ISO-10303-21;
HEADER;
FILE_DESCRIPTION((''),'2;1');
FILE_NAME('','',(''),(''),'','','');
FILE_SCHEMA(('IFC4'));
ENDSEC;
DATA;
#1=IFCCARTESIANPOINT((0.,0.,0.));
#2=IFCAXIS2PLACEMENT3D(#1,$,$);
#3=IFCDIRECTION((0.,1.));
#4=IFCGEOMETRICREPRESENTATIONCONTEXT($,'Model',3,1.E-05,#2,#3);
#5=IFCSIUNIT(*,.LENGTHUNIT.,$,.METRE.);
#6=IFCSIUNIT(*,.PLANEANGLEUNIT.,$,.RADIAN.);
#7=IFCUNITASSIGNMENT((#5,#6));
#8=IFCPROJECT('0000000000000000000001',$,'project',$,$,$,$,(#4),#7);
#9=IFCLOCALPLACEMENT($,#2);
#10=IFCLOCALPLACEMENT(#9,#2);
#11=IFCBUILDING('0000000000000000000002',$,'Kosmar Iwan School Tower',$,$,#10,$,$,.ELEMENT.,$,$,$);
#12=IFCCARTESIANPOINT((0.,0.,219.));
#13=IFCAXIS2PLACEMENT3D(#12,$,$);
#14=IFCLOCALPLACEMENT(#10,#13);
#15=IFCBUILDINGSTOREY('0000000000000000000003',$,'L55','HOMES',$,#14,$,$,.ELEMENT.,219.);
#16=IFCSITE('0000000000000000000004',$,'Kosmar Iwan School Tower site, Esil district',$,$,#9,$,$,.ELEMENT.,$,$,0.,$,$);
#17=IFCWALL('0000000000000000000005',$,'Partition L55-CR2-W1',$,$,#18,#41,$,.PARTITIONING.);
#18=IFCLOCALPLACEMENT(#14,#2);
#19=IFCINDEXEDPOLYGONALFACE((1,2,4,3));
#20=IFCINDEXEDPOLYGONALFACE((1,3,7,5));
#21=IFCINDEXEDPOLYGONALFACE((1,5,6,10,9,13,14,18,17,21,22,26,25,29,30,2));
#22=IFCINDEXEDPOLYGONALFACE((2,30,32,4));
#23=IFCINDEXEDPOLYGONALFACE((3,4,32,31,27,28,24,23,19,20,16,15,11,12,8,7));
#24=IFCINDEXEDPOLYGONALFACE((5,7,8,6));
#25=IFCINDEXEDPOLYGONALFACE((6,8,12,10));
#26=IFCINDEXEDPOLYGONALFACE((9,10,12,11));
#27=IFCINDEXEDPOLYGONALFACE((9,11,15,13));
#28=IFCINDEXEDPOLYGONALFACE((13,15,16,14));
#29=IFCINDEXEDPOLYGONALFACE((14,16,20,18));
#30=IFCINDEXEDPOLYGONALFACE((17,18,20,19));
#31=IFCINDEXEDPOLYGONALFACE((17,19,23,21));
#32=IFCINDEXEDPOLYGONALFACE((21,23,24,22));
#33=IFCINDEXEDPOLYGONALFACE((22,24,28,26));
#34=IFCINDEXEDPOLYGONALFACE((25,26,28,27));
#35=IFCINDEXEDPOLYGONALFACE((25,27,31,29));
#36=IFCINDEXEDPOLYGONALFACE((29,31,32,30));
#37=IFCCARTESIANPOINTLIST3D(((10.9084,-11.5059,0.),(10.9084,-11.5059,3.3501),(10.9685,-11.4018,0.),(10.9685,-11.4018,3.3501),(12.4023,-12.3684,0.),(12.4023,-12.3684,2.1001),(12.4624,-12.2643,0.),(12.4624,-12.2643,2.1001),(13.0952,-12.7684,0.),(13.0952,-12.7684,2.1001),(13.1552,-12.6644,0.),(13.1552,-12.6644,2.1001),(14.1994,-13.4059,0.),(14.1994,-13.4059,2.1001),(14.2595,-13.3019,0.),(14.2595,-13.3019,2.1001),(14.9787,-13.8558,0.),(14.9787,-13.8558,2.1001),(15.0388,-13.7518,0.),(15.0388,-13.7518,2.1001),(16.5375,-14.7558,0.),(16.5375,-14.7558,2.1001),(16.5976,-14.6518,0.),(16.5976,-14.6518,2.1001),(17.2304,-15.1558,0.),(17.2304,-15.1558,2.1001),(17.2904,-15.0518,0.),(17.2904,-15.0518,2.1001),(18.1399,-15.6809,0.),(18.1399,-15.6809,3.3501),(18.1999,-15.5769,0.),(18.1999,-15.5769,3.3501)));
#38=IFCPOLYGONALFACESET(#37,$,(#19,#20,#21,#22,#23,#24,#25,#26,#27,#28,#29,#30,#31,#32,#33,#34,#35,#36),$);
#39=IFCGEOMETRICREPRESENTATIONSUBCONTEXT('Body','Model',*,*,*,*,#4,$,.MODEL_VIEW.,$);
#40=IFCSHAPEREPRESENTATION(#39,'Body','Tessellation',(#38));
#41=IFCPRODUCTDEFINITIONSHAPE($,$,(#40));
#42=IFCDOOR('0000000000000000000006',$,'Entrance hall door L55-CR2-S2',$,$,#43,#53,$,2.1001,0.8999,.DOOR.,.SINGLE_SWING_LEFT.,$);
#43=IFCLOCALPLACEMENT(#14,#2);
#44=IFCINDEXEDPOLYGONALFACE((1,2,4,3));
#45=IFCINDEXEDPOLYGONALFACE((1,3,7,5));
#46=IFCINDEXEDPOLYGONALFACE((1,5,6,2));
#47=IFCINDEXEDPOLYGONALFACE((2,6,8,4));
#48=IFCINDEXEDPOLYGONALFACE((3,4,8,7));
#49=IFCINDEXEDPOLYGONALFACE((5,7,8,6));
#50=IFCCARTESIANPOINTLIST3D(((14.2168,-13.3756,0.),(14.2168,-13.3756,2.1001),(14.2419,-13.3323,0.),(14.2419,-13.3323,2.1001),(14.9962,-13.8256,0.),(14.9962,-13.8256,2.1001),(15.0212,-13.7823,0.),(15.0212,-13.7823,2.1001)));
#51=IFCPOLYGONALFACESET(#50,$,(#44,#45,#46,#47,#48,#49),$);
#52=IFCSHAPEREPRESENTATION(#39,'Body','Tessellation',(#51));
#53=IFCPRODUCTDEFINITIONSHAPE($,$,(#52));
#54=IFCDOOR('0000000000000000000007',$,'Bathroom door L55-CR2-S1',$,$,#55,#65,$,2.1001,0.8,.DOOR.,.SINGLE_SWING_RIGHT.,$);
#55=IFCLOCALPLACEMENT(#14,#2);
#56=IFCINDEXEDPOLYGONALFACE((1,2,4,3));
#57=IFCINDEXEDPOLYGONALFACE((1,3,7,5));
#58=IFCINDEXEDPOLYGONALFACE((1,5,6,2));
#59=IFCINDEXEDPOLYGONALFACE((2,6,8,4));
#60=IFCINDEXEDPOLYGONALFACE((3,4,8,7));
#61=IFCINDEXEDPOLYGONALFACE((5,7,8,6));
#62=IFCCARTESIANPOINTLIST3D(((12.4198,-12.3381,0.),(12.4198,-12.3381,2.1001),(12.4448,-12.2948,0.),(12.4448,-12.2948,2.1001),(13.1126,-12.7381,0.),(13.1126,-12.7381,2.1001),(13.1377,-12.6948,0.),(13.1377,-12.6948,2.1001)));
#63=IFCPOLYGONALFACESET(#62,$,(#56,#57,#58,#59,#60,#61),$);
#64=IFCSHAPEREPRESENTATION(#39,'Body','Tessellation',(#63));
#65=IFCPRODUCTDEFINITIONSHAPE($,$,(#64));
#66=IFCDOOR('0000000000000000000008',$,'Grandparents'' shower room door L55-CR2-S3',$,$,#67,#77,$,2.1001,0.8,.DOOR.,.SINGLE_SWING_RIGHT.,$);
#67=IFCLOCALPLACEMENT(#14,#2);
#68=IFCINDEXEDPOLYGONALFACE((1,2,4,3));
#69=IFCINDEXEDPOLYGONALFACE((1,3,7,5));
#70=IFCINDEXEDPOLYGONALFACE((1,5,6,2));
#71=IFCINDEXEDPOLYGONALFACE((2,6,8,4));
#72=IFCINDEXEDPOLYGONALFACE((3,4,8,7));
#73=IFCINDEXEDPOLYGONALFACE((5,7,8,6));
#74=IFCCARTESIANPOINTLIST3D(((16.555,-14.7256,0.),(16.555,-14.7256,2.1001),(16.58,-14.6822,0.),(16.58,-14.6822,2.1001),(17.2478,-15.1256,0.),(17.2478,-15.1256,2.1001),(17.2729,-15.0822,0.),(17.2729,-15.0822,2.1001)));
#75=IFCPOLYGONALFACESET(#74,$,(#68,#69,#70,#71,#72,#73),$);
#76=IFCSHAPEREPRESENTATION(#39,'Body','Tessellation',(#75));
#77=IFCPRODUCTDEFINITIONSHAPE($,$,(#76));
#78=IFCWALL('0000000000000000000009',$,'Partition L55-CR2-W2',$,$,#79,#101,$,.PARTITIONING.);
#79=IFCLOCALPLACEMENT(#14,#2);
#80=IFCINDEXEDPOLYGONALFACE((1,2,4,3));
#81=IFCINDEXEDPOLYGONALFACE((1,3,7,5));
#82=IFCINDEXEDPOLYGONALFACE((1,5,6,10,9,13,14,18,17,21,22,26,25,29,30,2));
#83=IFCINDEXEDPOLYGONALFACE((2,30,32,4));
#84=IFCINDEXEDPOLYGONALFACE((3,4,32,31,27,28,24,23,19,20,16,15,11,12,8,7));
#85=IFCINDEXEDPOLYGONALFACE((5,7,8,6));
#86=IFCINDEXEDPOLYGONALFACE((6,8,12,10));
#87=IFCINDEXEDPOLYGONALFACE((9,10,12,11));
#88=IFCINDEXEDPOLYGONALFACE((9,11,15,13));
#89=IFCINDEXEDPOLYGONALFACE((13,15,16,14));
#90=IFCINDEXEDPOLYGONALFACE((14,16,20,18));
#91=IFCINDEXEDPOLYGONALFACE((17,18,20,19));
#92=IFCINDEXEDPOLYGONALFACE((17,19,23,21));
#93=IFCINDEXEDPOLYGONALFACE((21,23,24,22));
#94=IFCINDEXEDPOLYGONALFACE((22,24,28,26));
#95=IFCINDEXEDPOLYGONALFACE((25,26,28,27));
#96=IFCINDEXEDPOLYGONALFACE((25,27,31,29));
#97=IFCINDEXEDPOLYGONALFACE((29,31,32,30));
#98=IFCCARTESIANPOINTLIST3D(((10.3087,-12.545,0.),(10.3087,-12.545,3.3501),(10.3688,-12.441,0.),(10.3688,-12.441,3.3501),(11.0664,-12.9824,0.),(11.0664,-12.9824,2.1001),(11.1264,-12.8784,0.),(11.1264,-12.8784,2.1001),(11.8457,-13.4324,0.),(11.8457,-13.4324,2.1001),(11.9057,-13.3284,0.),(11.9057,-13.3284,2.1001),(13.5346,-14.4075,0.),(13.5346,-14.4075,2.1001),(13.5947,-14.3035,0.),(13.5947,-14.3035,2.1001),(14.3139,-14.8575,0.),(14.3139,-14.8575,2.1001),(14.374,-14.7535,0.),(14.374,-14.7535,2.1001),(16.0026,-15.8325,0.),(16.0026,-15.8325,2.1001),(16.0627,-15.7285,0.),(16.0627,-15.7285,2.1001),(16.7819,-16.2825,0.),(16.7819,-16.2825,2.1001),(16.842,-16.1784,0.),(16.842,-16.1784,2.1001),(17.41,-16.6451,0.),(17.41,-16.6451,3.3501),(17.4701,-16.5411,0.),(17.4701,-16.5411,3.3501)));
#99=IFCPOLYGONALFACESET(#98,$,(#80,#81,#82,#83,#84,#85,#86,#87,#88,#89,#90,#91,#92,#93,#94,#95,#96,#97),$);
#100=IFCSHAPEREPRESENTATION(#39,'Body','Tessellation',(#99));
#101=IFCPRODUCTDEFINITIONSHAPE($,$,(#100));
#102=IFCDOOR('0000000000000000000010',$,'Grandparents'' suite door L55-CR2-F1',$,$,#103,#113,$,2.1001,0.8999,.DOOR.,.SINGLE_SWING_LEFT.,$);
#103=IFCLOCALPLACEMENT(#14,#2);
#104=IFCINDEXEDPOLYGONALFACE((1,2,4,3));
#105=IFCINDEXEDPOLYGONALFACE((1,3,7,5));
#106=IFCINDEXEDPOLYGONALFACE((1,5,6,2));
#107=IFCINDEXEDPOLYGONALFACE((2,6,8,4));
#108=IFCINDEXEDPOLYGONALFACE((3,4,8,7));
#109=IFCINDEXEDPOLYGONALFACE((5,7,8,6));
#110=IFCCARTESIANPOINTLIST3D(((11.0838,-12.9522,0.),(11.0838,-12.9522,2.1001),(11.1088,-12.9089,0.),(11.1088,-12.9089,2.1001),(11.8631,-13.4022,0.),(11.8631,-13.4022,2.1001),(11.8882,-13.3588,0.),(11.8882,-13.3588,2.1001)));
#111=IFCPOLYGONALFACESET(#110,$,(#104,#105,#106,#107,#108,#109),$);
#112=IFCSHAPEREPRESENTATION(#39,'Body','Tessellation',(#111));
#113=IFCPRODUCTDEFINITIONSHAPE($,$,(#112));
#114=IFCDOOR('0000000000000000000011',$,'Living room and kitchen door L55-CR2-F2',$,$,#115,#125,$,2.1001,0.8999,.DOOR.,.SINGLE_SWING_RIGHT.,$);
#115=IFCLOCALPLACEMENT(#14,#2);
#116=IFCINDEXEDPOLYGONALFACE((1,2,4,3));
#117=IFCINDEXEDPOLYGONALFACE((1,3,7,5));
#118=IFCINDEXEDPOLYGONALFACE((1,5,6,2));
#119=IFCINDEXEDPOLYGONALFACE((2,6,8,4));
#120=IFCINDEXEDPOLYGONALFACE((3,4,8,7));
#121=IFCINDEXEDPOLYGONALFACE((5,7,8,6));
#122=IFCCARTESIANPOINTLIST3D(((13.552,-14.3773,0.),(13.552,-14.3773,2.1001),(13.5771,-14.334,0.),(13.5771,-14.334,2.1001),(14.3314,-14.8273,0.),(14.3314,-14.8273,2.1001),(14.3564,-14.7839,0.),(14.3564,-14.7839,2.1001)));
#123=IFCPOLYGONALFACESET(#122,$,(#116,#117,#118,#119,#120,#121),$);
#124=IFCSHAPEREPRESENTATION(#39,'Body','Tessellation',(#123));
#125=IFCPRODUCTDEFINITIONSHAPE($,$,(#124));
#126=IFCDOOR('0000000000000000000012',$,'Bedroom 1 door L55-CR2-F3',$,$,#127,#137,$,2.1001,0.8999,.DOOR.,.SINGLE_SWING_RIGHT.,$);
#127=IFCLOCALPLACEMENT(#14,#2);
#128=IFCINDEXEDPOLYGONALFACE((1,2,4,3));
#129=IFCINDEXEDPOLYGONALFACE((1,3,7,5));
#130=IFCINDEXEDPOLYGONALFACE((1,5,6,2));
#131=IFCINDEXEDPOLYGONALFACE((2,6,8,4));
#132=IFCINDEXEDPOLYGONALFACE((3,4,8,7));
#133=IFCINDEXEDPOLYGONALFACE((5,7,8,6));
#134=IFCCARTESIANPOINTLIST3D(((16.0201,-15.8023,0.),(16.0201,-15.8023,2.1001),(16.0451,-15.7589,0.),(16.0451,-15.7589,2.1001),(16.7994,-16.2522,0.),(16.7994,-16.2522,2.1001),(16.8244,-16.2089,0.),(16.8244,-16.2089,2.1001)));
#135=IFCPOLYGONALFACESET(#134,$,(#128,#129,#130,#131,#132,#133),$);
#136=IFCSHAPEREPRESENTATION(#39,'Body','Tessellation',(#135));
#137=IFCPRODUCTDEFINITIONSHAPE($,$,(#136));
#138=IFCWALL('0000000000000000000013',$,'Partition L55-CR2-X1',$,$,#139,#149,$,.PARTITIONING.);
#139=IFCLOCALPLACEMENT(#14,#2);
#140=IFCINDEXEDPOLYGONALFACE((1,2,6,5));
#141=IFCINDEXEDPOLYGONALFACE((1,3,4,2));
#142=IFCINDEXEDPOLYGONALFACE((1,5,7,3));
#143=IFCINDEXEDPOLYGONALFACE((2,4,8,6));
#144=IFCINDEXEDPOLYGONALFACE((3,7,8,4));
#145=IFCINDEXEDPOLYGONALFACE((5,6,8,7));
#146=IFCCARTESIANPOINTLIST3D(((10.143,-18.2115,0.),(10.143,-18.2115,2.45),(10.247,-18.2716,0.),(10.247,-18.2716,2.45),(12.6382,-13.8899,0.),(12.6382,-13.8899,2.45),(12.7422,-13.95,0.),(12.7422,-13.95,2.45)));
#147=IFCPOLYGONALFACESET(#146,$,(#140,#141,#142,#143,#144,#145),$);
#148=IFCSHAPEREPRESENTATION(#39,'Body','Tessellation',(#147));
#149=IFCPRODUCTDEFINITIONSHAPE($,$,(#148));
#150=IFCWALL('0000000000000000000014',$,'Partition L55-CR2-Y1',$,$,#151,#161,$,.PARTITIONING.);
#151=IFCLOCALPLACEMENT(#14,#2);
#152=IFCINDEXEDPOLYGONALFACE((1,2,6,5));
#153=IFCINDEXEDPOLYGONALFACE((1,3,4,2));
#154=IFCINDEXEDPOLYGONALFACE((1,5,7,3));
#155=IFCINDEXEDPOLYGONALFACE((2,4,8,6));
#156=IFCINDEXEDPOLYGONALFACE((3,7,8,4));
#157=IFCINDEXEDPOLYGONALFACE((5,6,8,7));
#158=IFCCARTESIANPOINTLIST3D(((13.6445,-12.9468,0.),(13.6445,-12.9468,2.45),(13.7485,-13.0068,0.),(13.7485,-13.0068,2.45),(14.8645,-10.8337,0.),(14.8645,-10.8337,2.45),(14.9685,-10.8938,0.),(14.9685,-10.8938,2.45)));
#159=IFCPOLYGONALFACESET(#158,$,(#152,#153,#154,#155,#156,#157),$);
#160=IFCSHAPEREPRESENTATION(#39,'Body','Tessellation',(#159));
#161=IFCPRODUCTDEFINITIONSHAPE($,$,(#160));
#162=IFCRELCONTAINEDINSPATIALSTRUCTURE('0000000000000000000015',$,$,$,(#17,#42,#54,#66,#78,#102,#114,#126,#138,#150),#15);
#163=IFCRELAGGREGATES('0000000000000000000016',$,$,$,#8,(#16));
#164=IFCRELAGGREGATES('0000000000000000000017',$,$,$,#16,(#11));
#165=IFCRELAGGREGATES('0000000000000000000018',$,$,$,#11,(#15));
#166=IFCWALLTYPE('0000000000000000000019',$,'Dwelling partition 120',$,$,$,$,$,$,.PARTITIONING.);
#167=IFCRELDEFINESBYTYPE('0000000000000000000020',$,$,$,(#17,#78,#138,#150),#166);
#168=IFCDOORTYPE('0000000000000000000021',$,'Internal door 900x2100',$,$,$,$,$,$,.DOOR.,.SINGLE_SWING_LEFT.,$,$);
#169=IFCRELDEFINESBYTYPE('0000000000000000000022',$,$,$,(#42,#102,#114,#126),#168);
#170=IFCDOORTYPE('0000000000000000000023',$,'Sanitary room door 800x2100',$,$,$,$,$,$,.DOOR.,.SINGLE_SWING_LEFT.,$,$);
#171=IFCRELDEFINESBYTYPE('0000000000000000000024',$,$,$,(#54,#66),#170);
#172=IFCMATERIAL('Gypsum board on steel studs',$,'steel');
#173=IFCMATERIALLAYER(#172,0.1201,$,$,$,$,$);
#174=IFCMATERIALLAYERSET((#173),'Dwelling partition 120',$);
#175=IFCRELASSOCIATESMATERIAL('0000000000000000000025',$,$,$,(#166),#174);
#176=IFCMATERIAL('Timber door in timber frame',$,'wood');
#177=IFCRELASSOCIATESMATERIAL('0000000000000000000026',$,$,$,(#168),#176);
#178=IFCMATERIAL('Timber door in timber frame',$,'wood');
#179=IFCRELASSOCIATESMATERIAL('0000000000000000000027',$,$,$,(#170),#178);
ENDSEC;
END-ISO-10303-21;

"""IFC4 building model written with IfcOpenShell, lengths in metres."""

from ifc_helpers import new_model, si_unit, direction, frame, frame_2d, origin, place, context, subcontext, project, spatial, rectangle, extrude, material, layer, layer_set, type_object, element, fill, save


model = new_model("IFC4")

# Units and contexts
model_context = context("Model", 3, precision=1e-05, world=origin(), true_north=direction((0.0, 1.0)))
body_context = subcontext(model_context, "Body", "Model", "MODEL_VIEW")
ifc_project = project(units=[si_unit("LENGTHUNIT", "METRE"), si_unit("PLANEANGLEUNIT", "RADIAN")], contexts=[model_context])

# Site, building, storey
site_placement = place(None, origin())
site = spatial("IfcSite", under=ifc_project, at=site_placement, Name="Kosmar Iwan School Tower site, Esil district", CompositionType="ELEMENT", RefElevation=0.0)
building_placement = place(site_placement, origin())
building = spatial("IfcBuilding", under=site, at=building_placement, Name="Kosmar Iwan School Tower", CompositionType="ELEMENT")
storey_placement = place(building_placement, frame((0.0, 0.0, 219.0)))
storey = spatial("IfcBuildingStorey", under=building, at=storey_placement, Name="L55", Description="HOMES", CompositionType="ELEMENT", Elevation=219.0)

# Shared definitions
ifc_material_1 = material(Name="Gypsum board on steel studs", Category="steel")
ifc_layer_1 = layer(ifc_material_1, 0.1201)
ifc_layer_set_1 = layer_set([ifc_layer_1], Name="Dwelling partition 120")
wall_type_1 = type_object("IfcWallType", Name="Dwelling partition 120", PredefinedType="PARTITIONING", material=ifc_layer_set_1)
ifc_material_2 = material(Name="Timber door in timber frame", Category="wood")
door_type_1 = type_object("IfcDoorType", Name="Internal door 900x2100", OperationType="SINGLE_SWING_LEFT", PredefinedType="DOOR", material=ifc_material_2)
ifc_material_3 = material(Name="Timber door in timber frame", Category="wood")
door_type_2 = type_object("IfcDoorType", Name="Sanitary room door 800x2100", OperationType="SINGLE_SWING_LEFT", PredefinedType="DOOR", material=ifc_material_3)

# Walls, openings, doors
wall_1_placement = place(storey_placement, frame((10.9385, -11.4539, 0.0), z_axis=(0.0, 0.0, 1.0), x_axis=(0.866027, -0.499997, 0.0)))
wall_1 = element("IfcWall", 1, at=wall_1_placement, inside=storey, type_object=wall_type_1, Name="Partition L55-CR2-W1", PredefinedType="PARTITIONING", context=body_context, shape_type="SweptSolid", body=[
    extrude(rectangle(XDim=8.3501, YDim=0.1201, at=frame_2d((4.175, 0.0))), origin(), (0.0, 0.0, 1.0), 3.3501),
])
opening_1_placement = place(wall_1_placement, frame((1.7251, 0.0, 0.0)))
opening_1 = element("IfcOpeningElement", 2, at=opening_1_placement, cuts=wall_1, PredefinedType="OPENING", context=body_context, shape_type="SweptSolid", body=[
    extrude(rectangle(XDim=0.8, YDim=2.1001, at=frame_2d((0.3999, 1.05))), frame((0.0, 0.072, 0.0), z_axis=(0.0, -1.0, 0.0), x_axis=(1.0, 0.0, 0.0)), (0.0, 0.0, 1.0), 0.144),
])
opening_2_placement = place(wall_1_placement, frame((3.8, 0.0, 0.0)))
opening_2 = element("IfcOpeningElement", 3, at=opening_2_placement, cuts=wall_1, PredefinedType="OPENING", context=body_context, shape_type="SweptSolid", body=[
    extrude(rectangle(XDim=0.8999, YDim=2.1001, at=frame_2d((0.45, 1.05))), frame((0.0, 0.072, 0.0), z_axis=(0.0, -1.0, 0.0), x_axis=(1.0, 0.0, 0.0)), (0.0, 0.0, 1.0), 0.144),
])
opening_3_placement = place(wall_1_placement, frame((6.5, 0.0, 0.0)))
opening_3 = element("IfcOpeningElement", 4, at=opening_3_placement, cuts=wall_1, PredefinedType="OPENING", context=body_context, shape_type="SweptSolid", body=[
    extrude(rectangle(XDim=0.8, YDim=2.1001, at=frame_2d((0.3999, 1.05))), frame((0.0, 0.072, 0.0), z_axis=(0.0, -1.0, 0.0), x_axis=(1.0, 0.0, 0.0)), (0.0, 0.0, 1.0), 0.144),
])
door_1_placement = place(opening_2_placement, origin())
door_1 = element("IfcDoor", 5, at=door_1_placement, inside=storey, type_object=door_type_1, Name="Entrance hall door L55-CR2-S2", OperationType="SINGLE_SWING_LEFT", OverallHeight=2.1001, OverallWidth=0.8999, PredefinedType="DOOR", context=body_context, shape_type="SweptSolid", body=[
    extrude(rectangle(XDim=0.8999, YDim=2.1001, at=frame_2d((0.45, 1.05))), frame((0.0, 0.0249, 0.0), z_axis=(0.0, -1.0, 0.0), x_axis=(1.0, 0.0, 0.0)), (0.0, 0.0, 1.0), 0.05),
])
fill(opening_2, door_1)
door_2_placement = place(opening_1_placement, origin())
door_2 = element("IfcDoor", 6, at=door_2_placement, inside=storey, type_object=door_type_2, Name="Bathroom door L55-CR2-S1", OperationType="SINGLE_SWING_RIGHT", OverallHeight=2.1001, OverallWidth=0.8, PredefinedType="DOOR", context=body_context, shape_type="SweptSolid", body=[
    extrude(rectangle(XDim=0.8, YDim=2.1001, at=frame_2d((0.3999, 1.05))), frame((0.0, 0.0249, 0.0), z_axis=(0.0, -1.0, 0.0), x_axis=(1.0, 0.0, 0.0)), (0.0, 0.0, 1.0), 0.05),
])
fill(opening_1, door_2)
door_3_placement = place(opening_3_placement, origin())
door_3 = element("IfcDoor", 7, at=door_3_placement, inside=storey, type_object=door_type_2, Name="Grandparents' shower room door L55-CR2-S3", OperationType="SINGLE_SWING_RIGHT", OverallHeight=2.1001, OverallWidth=0.8, PredefinedType="DOOR", context=body_context, shape_type="SweptSolid", body=[
    extrude(rectangle(XDim=0.8, YDim=2.1001, at=frame_2d((0.3999, 1.05))), frame((0.0, 0.0249, 0.0), z_axis=(0.0, -1.0, 0.0), x_axis=(1.0, 0.0, 0.0)), (0.0, 0.0, 1.0), 0.05),
])
fill(opening_3, door_3)
wall_2_placement = place(storey_placement, frame((10.3386, -12.4929, 0.0), z_axis=(0.0, 0.0, 1.0), x_axis=(0.866018, -0.500014, 0.0)))
wall_2 = element("IfcWall", 8, at=wall_2_placement, inside=storey, type_object=wall_type_1, Name="Partition L55-CR2-W2", PredefinedType="PARTITIONING", context=body_context, shape_type="SweptSolid", body=[
    extrude(rectangle(XDim=8.2, YDim=0.1201, at=frame_2d((4.1001, 0.0))), origin(), (0.0, 0.0, 1.0), 3.3501),
])
opening_4_placement = place(wall_2_placement, frame((0.875, 0.0, 0.0)))
opening_4 = element("IfcOpeningElement", 9, at=opening_4_placement, cuts=wall_2, PredefinedType="OPENING", context=body_context, shape_type="SweptSolid", body=[
    extrude(rectangle(XDim=0.8999, YDim=2.1001, at=frame_2d((0.45, 1.05))), frame((0.0, 0.072, 0.0), z_axis=(0.0, -1.0, 0.0), x_axis=(1.0, 0.0, 0.0)), (0.0, 0.0, 1.0), 0.144),
])
opening_5_placement = place(wall_2_placement, frame((3.7251, 0.0, 0.0)))
opening_5 = element("IfcOpeningElement", 10, at=opening_5_placement, cuts=wall_2, PredefinedType="OPENING", context=body_context, shape_type="SweptSolid", body=[
    extrude(rectangle(XDim=0.8999, YDim=2.1001, at=frame_2d((0.45, 1.05))), frame((0.0, 0.072, 0.0), z_axis=(0.0, -1.0, 0.0), x_axis=(1.0, 0.0, 0.0)), (0.0, 0.0, 1.0), 0.144),
])
opening_6_placement = place(wall_2_placement, frame((6.575, 0.0, 0.0)))
opening_6 = element("IfcOpeningElement", 11, at=opening_6_placement, cuts=wall_2, PredefinedType="OPENING", context=body_context, shape_type="SweptSolid", body=[
    extrude(rectangle(XDim=0.8999, YDim=2.1001, at=frame_2d((0.45, 1.05))), frame((0.0, 0.072, 0.0), z_axis=(0.0, -1.0, 0.0), x_axis=(1.0, 0.0, 0.0)), (0.0, 0.0, 1.0), 0.144),
])
door_4_placement = place(opening_4_placement, origin())
door_4 = element("IfcDoor", 12, at=door_4_placement, inside=storey, type_object=door_type_1, Name="Grandparents' suite door L55-CR2-F1", OperationType="SINGLE_SWING_LEFT", OverallHeight=2.1001, OverallWidth=0.8999, PredefinedType="DOOR", context=body_context, shape_type="SweptSolid", body=[
    extrude(rectangle(XDim=0.8999, YDim=2.1001, at=frame_2d((0.45, 1.05))), frame((0.0, 0.0249, 0.0), z_axis=(0.0, -1.0, 0.0), x_axis=(1.0, 0.0, 0.0)), (0.0, 0.0, 1.0), 0.05),
])
fill(opening_4, door_4)
door_5_placement = place(opening_5_placement, origin())
door_5 = element("IfcDoor", 13, at=door_5_placement, inside=storey, type_object=door_type_1, Name="Living room and kitchen door L55-CR2-F2", OperationType="SINGLE_SWING_RIGHT", OverallHeight=2.1001, OverallWidth=0.8999, PredefinedType="DOOR", context=body_context, shape_type="SweptSolid", body=[
    extrude(rectangle(XDim=0.8999, YDim=2.1001, at=frame_2d((0.45, 1.05))), frame((0.0, 0.0249, 0.0), z_axis=(0.0, -1.0, 0.0), x_axis=(1.0, 0.0, 0.0)), (0.0, 0.0, 1.0), 0.05),
])
fill(opening_5, door_5)
door_6_placement = place(opening_6_placement, origin())
door_6 = element("IfcDoor", 14, at=door_6_placement, inside=storey, type_object=door_type_1, Name="Bedroom 1 door L55-CR2-F3", OperationType="SINGLE_SWING_RIGHT", OverallHeight=2.1001, OverallWidth=0.8999, PredefinedType="DOOR", context=body_context, shape_type="SweptSolid", body=[
    extrude(rectangle(XDim=0.8999, YDim=2.1001, at=frame_2d((0.45, 1.05))), frame((0.0, 0.0249, 0.0), z_axis=(0.0, -1.0, 0.0), x_axis=(1.0, 0.0, 0.0)), (0.0, 0.0, 1.0), 0.05),
])
fill(opening_6, door_6)

# Walls
wall_3_placement = place(storey_placement, frame((12.6902, -13.9199, 0.0), z_axis=(0.0, 0.0, 1.0), x_axis=(-0.500012, -0.866019, 0.0)))
element("IfcWall", 15, at=wall_3_placement, inside=storey, type_object=wall_type_1, Name="Partition L55-CR2-X1", PredefinedType="PARTITIONING", context=body_context, shape_type="SweptSolid", body=[
    extrude(rectangle(XDim=4.9902, YDim=0.1201, at=frame_2d((2.4951, 0.0))), origin(), (0.0, 0.0, 1.0), 2.45),
])
wall_4_placement = place(storey_placement, frame((14.9165, -10.8638, 0.0), z_axis=(0.0, 0.0, 1.0), x_axis=(-0.500003, -0.866024, 0.0)))
element("IfcWall", 16, at=wall_4_placement, inside=storey, type_object=wall_type_1, Name="Partition L55-CR2-Y1", PredefinedType="PARTITIONING", context=body_context, shape_type="SweptSolid", body=[
    extrude(rectangle(XDim=2.4399, YDim=0.1201, at=frame_2d((1.22, 0.0))), origin(), (0.0, 0.0, 1.0), 2.45),
])

save(model, "model.ifc")
